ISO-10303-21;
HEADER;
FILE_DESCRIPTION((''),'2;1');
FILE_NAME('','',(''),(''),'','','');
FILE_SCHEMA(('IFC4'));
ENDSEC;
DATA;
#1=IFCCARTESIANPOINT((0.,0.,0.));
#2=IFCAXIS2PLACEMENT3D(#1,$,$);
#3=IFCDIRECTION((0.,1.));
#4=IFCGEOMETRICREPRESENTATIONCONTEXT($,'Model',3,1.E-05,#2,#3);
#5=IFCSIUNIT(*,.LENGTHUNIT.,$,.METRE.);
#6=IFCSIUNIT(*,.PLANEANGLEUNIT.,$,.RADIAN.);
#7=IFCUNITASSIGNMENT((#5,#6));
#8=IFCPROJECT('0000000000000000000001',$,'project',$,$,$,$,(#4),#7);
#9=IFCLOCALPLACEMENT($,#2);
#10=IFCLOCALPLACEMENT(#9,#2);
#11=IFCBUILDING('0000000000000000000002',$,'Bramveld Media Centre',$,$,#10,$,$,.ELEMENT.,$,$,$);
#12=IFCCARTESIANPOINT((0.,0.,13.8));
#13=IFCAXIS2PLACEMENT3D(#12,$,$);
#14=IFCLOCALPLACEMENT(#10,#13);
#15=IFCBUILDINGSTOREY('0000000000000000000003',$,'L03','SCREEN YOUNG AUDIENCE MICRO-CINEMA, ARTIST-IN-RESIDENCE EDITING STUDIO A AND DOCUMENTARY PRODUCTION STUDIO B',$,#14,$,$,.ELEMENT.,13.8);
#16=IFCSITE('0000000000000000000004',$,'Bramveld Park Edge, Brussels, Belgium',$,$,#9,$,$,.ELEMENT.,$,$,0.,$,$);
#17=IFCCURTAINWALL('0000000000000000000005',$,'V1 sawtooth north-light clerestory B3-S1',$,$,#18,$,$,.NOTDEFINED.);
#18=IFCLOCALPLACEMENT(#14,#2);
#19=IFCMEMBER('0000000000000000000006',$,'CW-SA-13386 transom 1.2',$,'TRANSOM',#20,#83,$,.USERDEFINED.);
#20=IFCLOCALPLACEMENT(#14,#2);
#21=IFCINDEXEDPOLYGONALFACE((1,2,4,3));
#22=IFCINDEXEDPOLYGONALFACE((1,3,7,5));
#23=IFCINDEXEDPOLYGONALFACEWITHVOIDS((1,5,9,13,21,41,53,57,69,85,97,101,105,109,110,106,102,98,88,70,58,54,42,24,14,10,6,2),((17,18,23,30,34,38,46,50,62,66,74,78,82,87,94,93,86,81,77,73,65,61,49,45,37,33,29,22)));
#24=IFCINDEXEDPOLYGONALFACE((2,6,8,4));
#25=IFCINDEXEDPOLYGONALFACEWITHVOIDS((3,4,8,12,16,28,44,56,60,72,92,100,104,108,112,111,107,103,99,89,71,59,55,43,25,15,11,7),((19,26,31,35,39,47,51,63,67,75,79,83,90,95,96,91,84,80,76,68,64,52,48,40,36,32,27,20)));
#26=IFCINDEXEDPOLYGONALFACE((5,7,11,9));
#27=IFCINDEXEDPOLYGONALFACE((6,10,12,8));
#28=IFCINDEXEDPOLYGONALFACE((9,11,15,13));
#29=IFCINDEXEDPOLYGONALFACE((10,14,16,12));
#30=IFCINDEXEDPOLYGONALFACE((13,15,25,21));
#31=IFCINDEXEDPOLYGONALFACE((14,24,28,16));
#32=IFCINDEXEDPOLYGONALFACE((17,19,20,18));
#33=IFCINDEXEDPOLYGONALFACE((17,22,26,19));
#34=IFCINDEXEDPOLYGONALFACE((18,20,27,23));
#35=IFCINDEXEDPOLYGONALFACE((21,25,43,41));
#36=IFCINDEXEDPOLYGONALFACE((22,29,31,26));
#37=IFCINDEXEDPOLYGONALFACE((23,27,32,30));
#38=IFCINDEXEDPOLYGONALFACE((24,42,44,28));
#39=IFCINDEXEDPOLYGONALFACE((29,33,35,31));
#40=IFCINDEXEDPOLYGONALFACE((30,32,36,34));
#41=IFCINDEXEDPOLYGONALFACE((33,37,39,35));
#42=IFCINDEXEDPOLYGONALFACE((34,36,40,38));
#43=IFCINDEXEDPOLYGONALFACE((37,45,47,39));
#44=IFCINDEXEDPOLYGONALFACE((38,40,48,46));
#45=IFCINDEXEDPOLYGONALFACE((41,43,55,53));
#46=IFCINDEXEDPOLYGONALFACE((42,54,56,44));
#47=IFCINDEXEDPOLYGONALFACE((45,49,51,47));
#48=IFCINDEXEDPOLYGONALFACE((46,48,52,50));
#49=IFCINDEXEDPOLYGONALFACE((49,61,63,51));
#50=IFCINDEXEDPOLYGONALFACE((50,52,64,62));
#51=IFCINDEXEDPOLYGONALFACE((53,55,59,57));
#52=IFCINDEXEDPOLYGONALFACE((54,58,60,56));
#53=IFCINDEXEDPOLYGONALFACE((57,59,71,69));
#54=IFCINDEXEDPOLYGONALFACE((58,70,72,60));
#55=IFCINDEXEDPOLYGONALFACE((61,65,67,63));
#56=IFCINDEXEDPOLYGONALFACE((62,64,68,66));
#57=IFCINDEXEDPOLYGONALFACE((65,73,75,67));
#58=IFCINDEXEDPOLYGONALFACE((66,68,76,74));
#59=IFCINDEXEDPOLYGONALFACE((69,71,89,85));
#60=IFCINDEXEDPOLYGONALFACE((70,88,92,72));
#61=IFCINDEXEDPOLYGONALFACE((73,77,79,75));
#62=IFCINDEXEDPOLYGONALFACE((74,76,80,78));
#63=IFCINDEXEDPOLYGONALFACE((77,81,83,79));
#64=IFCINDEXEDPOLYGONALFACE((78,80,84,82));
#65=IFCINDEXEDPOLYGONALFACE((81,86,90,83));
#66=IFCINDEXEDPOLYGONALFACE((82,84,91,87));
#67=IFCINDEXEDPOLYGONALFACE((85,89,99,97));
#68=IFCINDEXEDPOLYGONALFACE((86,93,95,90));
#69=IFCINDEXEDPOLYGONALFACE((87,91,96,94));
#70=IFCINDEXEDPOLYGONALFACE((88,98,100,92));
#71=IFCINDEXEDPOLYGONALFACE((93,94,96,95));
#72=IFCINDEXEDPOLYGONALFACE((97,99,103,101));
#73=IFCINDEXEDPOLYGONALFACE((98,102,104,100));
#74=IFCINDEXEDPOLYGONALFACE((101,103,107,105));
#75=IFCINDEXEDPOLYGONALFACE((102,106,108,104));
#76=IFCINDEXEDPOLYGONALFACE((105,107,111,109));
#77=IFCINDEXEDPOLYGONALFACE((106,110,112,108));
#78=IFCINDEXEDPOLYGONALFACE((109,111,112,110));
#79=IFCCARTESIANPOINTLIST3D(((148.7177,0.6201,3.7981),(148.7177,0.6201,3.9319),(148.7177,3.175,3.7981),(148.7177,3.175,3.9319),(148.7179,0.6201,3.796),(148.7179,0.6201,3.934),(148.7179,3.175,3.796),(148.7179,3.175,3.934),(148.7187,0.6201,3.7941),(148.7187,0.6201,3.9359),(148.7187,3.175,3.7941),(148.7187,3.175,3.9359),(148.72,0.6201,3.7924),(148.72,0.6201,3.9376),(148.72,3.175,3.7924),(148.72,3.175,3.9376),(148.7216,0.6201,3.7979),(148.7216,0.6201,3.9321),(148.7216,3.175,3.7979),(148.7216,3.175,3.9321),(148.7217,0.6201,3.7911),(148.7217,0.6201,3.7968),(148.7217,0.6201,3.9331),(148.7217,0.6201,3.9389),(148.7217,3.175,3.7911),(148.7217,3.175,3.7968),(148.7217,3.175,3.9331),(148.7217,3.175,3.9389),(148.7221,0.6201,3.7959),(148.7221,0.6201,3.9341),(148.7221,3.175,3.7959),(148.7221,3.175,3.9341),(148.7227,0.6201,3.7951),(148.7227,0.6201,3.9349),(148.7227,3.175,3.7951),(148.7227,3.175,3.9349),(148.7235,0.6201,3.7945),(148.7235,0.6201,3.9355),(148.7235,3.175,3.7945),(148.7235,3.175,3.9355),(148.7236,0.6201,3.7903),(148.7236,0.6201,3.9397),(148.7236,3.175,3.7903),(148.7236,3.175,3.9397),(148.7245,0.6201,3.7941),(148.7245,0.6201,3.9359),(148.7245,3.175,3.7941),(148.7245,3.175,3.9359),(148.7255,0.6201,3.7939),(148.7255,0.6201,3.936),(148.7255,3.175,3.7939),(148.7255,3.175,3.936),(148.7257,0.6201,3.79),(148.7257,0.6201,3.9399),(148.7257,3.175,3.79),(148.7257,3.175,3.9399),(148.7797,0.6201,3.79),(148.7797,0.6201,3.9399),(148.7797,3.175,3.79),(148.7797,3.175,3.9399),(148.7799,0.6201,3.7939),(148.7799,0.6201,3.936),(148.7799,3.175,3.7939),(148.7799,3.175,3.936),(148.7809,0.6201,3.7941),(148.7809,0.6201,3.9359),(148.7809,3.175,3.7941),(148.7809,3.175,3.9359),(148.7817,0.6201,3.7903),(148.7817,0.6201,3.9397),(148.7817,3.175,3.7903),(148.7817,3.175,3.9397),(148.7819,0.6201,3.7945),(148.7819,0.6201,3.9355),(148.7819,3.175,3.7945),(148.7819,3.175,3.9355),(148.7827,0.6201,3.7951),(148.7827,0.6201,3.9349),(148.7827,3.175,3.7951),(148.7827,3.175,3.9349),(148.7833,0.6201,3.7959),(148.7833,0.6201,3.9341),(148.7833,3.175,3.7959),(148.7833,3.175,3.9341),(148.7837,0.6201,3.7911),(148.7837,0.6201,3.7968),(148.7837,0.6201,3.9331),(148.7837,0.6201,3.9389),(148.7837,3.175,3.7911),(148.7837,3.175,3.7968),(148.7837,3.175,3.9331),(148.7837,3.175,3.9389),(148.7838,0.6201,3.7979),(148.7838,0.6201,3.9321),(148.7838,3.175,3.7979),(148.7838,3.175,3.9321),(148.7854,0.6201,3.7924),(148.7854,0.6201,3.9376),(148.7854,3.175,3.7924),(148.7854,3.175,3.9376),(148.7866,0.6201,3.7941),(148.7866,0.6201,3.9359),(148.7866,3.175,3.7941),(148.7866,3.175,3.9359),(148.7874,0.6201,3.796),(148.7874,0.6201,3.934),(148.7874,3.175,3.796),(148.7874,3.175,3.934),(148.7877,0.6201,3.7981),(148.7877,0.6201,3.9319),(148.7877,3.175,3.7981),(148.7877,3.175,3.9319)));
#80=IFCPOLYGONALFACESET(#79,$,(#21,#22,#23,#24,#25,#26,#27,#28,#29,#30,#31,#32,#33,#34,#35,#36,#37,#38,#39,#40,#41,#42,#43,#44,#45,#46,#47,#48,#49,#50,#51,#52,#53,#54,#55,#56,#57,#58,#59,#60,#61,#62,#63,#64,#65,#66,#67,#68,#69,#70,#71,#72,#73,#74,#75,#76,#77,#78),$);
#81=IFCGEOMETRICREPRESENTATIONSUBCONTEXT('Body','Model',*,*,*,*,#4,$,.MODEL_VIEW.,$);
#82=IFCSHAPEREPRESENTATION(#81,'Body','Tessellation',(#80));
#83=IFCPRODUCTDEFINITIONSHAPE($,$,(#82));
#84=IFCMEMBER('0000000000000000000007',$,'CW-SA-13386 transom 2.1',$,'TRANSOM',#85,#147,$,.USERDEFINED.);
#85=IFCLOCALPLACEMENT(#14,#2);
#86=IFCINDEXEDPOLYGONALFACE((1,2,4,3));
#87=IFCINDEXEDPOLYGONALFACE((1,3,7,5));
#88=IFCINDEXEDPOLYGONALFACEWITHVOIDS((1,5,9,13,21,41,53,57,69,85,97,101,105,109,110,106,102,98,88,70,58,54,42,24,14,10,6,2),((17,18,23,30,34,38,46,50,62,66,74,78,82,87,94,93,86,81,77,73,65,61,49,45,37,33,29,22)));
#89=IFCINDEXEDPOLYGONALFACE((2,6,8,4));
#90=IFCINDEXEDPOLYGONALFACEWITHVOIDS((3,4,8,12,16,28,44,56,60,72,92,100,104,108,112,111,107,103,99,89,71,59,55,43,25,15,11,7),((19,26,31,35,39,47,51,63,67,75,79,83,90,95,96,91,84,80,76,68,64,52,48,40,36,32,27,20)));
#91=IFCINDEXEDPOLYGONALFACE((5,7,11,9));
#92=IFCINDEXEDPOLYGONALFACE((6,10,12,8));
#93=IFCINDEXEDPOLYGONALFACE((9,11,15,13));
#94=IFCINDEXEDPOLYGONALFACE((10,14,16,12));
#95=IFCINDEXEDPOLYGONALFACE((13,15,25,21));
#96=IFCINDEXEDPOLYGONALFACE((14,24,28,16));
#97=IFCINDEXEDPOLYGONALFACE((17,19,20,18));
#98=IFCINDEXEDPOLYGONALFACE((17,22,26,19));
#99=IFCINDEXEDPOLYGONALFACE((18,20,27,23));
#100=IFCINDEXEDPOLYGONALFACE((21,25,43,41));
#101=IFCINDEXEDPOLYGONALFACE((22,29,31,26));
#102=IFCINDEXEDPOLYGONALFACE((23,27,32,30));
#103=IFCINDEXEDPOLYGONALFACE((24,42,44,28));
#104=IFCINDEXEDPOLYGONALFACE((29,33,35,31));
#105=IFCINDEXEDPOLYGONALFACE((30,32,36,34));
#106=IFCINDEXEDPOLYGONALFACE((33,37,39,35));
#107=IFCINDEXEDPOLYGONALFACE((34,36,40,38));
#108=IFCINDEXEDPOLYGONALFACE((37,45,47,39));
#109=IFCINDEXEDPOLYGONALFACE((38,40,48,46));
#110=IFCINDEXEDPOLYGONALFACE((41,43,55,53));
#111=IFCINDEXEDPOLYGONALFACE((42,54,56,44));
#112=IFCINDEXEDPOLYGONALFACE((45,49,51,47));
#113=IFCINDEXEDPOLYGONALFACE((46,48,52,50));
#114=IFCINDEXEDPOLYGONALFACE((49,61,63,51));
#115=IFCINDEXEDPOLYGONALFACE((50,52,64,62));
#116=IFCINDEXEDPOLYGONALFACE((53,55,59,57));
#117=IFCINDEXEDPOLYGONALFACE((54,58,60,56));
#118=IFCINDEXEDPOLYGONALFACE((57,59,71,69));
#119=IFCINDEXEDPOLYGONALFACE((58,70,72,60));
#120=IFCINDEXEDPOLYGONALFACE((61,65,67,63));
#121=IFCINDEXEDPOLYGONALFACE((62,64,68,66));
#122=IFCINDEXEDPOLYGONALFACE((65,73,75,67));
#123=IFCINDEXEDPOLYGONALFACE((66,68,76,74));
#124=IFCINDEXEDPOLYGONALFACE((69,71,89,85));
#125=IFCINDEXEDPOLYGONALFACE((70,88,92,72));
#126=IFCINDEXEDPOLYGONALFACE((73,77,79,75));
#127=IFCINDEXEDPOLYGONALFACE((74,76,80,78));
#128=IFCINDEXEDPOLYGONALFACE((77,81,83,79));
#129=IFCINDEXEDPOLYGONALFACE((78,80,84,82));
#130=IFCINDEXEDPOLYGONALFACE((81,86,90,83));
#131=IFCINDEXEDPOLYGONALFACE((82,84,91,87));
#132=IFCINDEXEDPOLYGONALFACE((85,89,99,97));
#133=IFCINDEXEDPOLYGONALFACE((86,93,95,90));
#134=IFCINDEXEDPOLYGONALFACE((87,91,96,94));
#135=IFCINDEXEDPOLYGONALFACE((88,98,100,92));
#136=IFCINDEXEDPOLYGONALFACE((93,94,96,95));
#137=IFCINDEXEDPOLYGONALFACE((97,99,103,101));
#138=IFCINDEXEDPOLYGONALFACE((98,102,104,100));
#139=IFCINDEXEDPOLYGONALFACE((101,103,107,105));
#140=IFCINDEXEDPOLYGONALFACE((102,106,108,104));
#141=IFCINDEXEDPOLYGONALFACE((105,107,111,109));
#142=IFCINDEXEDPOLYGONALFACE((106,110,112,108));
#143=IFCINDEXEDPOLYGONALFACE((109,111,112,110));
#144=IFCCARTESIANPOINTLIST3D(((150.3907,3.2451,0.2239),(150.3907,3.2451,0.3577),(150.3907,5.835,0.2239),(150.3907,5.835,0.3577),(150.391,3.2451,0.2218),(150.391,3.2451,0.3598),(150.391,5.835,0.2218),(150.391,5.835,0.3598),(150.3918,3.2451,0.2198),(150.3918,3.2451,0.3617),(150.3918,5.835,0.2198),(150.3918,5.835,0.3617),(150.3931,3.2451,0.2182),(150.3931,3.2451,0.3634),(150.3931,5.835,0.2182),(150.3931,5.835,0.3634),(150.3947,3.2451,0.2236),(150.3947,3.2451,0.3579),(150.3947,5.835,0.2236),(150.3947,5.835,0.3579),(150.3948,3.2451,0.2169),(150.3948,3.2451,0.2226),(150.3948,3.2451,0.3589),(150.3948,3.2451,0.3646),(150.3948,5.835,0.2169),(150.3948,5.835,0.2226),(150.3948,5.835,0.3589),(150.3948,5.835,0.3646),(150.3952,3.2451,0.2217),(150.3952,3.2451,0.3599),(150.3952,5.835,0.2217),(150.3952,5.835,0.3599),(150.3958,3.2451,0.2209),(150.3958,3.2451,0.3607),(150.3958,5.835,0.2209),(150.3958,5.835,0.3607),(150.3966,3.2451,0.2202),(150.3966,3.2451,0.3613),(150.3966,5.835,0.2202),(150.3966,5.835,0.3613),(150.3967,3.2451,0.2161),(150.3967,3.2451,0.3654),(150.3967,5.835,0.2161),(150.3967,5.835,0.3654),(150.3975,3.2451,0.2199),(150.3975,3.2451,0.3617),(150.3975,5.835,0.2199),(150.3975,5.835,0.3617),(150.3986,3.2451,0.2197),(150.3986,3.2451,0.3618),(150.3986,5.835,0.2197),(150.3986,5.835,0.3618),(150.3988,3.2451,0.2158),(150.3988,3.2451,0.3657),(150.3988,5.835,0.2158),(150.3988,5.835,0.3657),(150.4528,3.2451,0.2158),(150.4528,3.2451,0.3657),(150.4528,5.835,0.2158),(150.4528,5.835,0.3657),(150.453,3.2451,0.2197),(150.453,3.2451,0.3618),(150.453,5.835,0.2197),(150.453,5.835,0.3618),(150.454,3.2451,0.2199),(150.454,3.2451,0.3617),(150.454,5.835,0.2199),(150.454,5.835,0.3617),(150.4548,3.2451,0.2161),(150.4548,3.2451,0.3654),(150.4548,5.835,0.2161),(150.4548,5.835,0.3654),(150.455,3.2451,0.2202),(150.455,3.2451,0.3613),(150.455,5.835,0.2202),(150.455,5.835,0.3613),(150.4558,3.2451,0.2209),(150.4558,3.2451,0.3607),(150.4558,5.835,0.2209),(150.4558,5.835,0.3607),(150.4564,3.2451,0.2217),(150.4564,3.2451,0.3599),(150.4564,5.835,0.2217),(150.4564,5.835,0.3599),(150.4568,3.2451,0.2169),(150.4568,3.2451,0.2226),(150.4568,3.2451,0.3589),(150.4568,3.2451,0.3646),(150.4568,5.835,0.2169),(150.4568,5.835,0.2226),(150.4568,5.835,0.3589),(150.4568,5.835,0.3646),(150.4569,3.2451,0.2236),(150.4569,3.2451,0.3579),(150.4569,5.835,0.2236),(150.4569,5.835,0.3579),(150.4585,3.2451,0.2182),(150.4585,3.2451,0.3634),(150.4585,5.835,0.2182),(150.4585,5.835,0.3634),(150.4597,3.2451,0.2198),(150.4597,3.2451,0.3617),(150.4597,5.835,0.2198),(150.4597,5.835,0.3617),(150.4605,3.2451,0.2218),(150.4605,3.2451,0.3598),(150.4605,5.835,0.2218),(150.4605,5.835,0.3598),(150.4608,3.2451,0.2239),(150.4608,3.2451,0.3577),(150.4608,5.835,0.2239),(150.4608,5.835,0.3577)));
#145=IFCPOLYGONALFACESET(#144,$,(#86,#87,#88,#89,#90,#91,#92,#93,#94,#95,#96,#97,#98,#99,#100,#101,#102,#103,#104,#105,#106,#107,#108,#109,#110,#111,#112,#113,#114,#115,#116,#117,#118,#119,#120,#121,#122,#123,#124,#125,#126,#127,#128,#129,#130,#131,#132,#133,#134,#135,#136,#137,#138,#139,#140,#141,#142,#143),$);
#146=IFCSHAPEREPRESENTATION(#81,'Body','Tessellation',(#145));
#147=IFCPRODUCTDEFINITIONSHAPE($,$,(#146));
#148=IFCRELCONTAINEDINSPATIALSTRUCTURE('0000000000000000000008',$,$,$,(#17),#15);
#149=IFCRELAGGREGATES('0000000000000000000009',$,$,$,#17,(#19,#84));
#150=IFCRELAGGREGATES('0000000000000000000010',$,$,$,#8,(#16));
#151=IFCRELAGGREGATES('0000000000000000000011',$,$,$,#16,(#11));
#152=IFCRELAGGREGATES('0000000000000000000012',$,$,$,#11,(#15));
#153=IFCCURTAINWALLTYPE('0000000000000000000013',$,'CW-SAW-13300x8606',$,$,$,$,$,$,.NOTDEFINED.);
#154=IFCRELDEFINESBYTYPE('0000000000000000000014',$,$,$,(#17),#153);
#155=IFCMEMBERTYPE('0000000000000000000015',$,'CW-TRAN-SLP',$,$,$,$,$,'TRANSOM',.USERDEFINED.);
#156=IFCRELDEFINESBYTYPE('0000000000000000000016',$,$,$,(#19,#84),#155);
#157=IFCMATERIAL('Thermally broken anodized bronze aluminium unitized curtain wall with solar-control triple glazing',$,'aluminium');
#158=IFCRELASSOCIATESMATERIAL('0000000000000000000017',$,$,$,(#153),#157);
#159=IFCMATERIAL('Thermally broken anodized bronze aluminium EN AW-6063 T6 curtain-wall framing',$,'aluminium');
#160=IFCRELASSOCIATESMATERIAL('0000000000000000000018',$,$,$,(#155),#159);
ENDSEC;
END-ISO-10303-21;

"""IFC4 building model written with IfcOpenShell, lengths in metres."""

from ifc_helpers import new_model, si_unit, direction, frame, origin, origin_2d, place, context, subcontext, project, spatial, hollow_rectangle, extrude, material, material_profile, profile_set, type_object, element, aggregate, save


model = new_model("IFC4")

# Units and contexts
model_context = context("Model", 3, precision=1e-05, world=origin(), true_north=direction((0.0, 1.0)))
body_context = subcontext(model_context, "Body", "Model", "MODEL_VIEW")
ifc_project = project(units=[si_unit("LENGTHUNIT", "METRE"), si_unit("PLANEANGLEUNIT", "RADIAN")], contexts=[model_context])

# Site, building, storey
site_placement = place(None, origin())
site = spatial("IfcSite", under=ifc_project, at=site_placement, Name="Bramveld Park Edge, Brussels, Belgium", CompositionType="ELEMENT", RefElevation=0.0)
building_placement = place(site_placement, origin())
building = spatial("IfcBuilding", under=site, at=building_placement, Name="Bramveld Media Centre", CompositionType="ELEMENT")
storey_placement = place(building_placement, frame((0.0, 0.0, 13.8)))
storey = spatial("IfcBuildingStorey", under=building, at=storey_placement, Name="L03", Description="SCREEN YOUNG AUDIENCE MICRO-CINEMA, ARTIST-IN-RESIDENCE EDITING STUDIO A AND DOCUMENTARY PRODUCTION STUDIO B", CompositionType="ELEMENT", Elevation=13.8)

# Curtain wall, members
ifc_material_1 = material(Name="Thermally broken anodized bronze aluminium unitized curtain wall with solar-control triple glazing", Category="aluminium")
curtain_wall_type = type_object("IfcCurtainWallType", Name="CW-SAW-13300x8606", PredefinedType="NOTDEFINED", material=ifc_material_1)
curtain_wall_placement = place(storey_placement, origin())
curtain_wall = element("IfcCurtainWall", 1, at=curtain_wall_placement, inside=storey, type_object=curtain_wall_type, Name="V1 sawtooth north-light clerestory B3-S1", PredefinedType="NOTDEFINED")
ifc_material_2 = material(Name="Thermally broken anodized bronze aluminium EN AW-6063 T6 curtain-wall framing", Category="aluminium")
ifc_material_profile_1 = material_profile(ifc_material_2, hollow_rectangle(XDim=0.0701, YDim=0.1499, WallThickness=0.0039, InnerFilletRadius=0.0039, OuterFilletRadius=0.0081, at=origin_2d()), Name="AL-TRAN 70x150")
ifc_profile_set_1 = profile_set([ifc_material_profile_1], Name="Thermally broken anodized bronze aluminium EN AW-6063 T6 curtain-wall framing")
member_type_1 = type_object("IfcMemberType", Name="CW-TRAN-SLP", ElementType="TRANSOM", PredefinedType="USERDEFINED", material=ifc_profile_set_1)
member_1_placement = place(storey_placement, frame((148.7527, 0.6201, 3.865), z_axis=(0.0, 1.0, 0.0), x_axis=(-1.0, 0.0, 0.0)))
member_1 = element("IfcMember", 2, at=member_1_placement, type_object=member_type_1, Name="CW-SA-13386 transom 1.2", ObjectType="TRANSOM", PredefinedType="USERDEFINED", context=body_context, shape_type="SweptSolid", body=[
    extrude(hollow_rectangle(XDim=0.0701, YDim=0.1499, WallThickness=0.0039, InnerFilletRadius=0.0039, OuterFilletRadius=0.0081, at=origin_2d()), origin(), (0.0, 0.0, 1.0), 2.5549),
])
member_2_placement = place(storey_placement, frame((150.4258, 3.2451, 0.2908), z_axis=(0.0, 1.0, 0.0), x_axis=(-1.0, 0.0, 0.0)))
member_2 = element("IfcMember", 3, at=member_2_placement, type_object=member_type_1, Name="CW-SA-13386 transom 2.1", ObjectType="TRANSOM", PredefinedType="USERDEFINED", context=body_context, shape_type="SweptSolid", body=[
    extrude(hollow_rectangle(XDim=0.0701, YDim=0.1499, WallThickness=0.0039, InnerFilletRadius=0.0039, OuterFilletRadius=0.0081, at=origin_2d()), origin(), (0.0, 0.0, 1.0), 2.5898),
])

aggregate(curtain_wall, [member_1, member_2])

save(model, "model.ifc")
